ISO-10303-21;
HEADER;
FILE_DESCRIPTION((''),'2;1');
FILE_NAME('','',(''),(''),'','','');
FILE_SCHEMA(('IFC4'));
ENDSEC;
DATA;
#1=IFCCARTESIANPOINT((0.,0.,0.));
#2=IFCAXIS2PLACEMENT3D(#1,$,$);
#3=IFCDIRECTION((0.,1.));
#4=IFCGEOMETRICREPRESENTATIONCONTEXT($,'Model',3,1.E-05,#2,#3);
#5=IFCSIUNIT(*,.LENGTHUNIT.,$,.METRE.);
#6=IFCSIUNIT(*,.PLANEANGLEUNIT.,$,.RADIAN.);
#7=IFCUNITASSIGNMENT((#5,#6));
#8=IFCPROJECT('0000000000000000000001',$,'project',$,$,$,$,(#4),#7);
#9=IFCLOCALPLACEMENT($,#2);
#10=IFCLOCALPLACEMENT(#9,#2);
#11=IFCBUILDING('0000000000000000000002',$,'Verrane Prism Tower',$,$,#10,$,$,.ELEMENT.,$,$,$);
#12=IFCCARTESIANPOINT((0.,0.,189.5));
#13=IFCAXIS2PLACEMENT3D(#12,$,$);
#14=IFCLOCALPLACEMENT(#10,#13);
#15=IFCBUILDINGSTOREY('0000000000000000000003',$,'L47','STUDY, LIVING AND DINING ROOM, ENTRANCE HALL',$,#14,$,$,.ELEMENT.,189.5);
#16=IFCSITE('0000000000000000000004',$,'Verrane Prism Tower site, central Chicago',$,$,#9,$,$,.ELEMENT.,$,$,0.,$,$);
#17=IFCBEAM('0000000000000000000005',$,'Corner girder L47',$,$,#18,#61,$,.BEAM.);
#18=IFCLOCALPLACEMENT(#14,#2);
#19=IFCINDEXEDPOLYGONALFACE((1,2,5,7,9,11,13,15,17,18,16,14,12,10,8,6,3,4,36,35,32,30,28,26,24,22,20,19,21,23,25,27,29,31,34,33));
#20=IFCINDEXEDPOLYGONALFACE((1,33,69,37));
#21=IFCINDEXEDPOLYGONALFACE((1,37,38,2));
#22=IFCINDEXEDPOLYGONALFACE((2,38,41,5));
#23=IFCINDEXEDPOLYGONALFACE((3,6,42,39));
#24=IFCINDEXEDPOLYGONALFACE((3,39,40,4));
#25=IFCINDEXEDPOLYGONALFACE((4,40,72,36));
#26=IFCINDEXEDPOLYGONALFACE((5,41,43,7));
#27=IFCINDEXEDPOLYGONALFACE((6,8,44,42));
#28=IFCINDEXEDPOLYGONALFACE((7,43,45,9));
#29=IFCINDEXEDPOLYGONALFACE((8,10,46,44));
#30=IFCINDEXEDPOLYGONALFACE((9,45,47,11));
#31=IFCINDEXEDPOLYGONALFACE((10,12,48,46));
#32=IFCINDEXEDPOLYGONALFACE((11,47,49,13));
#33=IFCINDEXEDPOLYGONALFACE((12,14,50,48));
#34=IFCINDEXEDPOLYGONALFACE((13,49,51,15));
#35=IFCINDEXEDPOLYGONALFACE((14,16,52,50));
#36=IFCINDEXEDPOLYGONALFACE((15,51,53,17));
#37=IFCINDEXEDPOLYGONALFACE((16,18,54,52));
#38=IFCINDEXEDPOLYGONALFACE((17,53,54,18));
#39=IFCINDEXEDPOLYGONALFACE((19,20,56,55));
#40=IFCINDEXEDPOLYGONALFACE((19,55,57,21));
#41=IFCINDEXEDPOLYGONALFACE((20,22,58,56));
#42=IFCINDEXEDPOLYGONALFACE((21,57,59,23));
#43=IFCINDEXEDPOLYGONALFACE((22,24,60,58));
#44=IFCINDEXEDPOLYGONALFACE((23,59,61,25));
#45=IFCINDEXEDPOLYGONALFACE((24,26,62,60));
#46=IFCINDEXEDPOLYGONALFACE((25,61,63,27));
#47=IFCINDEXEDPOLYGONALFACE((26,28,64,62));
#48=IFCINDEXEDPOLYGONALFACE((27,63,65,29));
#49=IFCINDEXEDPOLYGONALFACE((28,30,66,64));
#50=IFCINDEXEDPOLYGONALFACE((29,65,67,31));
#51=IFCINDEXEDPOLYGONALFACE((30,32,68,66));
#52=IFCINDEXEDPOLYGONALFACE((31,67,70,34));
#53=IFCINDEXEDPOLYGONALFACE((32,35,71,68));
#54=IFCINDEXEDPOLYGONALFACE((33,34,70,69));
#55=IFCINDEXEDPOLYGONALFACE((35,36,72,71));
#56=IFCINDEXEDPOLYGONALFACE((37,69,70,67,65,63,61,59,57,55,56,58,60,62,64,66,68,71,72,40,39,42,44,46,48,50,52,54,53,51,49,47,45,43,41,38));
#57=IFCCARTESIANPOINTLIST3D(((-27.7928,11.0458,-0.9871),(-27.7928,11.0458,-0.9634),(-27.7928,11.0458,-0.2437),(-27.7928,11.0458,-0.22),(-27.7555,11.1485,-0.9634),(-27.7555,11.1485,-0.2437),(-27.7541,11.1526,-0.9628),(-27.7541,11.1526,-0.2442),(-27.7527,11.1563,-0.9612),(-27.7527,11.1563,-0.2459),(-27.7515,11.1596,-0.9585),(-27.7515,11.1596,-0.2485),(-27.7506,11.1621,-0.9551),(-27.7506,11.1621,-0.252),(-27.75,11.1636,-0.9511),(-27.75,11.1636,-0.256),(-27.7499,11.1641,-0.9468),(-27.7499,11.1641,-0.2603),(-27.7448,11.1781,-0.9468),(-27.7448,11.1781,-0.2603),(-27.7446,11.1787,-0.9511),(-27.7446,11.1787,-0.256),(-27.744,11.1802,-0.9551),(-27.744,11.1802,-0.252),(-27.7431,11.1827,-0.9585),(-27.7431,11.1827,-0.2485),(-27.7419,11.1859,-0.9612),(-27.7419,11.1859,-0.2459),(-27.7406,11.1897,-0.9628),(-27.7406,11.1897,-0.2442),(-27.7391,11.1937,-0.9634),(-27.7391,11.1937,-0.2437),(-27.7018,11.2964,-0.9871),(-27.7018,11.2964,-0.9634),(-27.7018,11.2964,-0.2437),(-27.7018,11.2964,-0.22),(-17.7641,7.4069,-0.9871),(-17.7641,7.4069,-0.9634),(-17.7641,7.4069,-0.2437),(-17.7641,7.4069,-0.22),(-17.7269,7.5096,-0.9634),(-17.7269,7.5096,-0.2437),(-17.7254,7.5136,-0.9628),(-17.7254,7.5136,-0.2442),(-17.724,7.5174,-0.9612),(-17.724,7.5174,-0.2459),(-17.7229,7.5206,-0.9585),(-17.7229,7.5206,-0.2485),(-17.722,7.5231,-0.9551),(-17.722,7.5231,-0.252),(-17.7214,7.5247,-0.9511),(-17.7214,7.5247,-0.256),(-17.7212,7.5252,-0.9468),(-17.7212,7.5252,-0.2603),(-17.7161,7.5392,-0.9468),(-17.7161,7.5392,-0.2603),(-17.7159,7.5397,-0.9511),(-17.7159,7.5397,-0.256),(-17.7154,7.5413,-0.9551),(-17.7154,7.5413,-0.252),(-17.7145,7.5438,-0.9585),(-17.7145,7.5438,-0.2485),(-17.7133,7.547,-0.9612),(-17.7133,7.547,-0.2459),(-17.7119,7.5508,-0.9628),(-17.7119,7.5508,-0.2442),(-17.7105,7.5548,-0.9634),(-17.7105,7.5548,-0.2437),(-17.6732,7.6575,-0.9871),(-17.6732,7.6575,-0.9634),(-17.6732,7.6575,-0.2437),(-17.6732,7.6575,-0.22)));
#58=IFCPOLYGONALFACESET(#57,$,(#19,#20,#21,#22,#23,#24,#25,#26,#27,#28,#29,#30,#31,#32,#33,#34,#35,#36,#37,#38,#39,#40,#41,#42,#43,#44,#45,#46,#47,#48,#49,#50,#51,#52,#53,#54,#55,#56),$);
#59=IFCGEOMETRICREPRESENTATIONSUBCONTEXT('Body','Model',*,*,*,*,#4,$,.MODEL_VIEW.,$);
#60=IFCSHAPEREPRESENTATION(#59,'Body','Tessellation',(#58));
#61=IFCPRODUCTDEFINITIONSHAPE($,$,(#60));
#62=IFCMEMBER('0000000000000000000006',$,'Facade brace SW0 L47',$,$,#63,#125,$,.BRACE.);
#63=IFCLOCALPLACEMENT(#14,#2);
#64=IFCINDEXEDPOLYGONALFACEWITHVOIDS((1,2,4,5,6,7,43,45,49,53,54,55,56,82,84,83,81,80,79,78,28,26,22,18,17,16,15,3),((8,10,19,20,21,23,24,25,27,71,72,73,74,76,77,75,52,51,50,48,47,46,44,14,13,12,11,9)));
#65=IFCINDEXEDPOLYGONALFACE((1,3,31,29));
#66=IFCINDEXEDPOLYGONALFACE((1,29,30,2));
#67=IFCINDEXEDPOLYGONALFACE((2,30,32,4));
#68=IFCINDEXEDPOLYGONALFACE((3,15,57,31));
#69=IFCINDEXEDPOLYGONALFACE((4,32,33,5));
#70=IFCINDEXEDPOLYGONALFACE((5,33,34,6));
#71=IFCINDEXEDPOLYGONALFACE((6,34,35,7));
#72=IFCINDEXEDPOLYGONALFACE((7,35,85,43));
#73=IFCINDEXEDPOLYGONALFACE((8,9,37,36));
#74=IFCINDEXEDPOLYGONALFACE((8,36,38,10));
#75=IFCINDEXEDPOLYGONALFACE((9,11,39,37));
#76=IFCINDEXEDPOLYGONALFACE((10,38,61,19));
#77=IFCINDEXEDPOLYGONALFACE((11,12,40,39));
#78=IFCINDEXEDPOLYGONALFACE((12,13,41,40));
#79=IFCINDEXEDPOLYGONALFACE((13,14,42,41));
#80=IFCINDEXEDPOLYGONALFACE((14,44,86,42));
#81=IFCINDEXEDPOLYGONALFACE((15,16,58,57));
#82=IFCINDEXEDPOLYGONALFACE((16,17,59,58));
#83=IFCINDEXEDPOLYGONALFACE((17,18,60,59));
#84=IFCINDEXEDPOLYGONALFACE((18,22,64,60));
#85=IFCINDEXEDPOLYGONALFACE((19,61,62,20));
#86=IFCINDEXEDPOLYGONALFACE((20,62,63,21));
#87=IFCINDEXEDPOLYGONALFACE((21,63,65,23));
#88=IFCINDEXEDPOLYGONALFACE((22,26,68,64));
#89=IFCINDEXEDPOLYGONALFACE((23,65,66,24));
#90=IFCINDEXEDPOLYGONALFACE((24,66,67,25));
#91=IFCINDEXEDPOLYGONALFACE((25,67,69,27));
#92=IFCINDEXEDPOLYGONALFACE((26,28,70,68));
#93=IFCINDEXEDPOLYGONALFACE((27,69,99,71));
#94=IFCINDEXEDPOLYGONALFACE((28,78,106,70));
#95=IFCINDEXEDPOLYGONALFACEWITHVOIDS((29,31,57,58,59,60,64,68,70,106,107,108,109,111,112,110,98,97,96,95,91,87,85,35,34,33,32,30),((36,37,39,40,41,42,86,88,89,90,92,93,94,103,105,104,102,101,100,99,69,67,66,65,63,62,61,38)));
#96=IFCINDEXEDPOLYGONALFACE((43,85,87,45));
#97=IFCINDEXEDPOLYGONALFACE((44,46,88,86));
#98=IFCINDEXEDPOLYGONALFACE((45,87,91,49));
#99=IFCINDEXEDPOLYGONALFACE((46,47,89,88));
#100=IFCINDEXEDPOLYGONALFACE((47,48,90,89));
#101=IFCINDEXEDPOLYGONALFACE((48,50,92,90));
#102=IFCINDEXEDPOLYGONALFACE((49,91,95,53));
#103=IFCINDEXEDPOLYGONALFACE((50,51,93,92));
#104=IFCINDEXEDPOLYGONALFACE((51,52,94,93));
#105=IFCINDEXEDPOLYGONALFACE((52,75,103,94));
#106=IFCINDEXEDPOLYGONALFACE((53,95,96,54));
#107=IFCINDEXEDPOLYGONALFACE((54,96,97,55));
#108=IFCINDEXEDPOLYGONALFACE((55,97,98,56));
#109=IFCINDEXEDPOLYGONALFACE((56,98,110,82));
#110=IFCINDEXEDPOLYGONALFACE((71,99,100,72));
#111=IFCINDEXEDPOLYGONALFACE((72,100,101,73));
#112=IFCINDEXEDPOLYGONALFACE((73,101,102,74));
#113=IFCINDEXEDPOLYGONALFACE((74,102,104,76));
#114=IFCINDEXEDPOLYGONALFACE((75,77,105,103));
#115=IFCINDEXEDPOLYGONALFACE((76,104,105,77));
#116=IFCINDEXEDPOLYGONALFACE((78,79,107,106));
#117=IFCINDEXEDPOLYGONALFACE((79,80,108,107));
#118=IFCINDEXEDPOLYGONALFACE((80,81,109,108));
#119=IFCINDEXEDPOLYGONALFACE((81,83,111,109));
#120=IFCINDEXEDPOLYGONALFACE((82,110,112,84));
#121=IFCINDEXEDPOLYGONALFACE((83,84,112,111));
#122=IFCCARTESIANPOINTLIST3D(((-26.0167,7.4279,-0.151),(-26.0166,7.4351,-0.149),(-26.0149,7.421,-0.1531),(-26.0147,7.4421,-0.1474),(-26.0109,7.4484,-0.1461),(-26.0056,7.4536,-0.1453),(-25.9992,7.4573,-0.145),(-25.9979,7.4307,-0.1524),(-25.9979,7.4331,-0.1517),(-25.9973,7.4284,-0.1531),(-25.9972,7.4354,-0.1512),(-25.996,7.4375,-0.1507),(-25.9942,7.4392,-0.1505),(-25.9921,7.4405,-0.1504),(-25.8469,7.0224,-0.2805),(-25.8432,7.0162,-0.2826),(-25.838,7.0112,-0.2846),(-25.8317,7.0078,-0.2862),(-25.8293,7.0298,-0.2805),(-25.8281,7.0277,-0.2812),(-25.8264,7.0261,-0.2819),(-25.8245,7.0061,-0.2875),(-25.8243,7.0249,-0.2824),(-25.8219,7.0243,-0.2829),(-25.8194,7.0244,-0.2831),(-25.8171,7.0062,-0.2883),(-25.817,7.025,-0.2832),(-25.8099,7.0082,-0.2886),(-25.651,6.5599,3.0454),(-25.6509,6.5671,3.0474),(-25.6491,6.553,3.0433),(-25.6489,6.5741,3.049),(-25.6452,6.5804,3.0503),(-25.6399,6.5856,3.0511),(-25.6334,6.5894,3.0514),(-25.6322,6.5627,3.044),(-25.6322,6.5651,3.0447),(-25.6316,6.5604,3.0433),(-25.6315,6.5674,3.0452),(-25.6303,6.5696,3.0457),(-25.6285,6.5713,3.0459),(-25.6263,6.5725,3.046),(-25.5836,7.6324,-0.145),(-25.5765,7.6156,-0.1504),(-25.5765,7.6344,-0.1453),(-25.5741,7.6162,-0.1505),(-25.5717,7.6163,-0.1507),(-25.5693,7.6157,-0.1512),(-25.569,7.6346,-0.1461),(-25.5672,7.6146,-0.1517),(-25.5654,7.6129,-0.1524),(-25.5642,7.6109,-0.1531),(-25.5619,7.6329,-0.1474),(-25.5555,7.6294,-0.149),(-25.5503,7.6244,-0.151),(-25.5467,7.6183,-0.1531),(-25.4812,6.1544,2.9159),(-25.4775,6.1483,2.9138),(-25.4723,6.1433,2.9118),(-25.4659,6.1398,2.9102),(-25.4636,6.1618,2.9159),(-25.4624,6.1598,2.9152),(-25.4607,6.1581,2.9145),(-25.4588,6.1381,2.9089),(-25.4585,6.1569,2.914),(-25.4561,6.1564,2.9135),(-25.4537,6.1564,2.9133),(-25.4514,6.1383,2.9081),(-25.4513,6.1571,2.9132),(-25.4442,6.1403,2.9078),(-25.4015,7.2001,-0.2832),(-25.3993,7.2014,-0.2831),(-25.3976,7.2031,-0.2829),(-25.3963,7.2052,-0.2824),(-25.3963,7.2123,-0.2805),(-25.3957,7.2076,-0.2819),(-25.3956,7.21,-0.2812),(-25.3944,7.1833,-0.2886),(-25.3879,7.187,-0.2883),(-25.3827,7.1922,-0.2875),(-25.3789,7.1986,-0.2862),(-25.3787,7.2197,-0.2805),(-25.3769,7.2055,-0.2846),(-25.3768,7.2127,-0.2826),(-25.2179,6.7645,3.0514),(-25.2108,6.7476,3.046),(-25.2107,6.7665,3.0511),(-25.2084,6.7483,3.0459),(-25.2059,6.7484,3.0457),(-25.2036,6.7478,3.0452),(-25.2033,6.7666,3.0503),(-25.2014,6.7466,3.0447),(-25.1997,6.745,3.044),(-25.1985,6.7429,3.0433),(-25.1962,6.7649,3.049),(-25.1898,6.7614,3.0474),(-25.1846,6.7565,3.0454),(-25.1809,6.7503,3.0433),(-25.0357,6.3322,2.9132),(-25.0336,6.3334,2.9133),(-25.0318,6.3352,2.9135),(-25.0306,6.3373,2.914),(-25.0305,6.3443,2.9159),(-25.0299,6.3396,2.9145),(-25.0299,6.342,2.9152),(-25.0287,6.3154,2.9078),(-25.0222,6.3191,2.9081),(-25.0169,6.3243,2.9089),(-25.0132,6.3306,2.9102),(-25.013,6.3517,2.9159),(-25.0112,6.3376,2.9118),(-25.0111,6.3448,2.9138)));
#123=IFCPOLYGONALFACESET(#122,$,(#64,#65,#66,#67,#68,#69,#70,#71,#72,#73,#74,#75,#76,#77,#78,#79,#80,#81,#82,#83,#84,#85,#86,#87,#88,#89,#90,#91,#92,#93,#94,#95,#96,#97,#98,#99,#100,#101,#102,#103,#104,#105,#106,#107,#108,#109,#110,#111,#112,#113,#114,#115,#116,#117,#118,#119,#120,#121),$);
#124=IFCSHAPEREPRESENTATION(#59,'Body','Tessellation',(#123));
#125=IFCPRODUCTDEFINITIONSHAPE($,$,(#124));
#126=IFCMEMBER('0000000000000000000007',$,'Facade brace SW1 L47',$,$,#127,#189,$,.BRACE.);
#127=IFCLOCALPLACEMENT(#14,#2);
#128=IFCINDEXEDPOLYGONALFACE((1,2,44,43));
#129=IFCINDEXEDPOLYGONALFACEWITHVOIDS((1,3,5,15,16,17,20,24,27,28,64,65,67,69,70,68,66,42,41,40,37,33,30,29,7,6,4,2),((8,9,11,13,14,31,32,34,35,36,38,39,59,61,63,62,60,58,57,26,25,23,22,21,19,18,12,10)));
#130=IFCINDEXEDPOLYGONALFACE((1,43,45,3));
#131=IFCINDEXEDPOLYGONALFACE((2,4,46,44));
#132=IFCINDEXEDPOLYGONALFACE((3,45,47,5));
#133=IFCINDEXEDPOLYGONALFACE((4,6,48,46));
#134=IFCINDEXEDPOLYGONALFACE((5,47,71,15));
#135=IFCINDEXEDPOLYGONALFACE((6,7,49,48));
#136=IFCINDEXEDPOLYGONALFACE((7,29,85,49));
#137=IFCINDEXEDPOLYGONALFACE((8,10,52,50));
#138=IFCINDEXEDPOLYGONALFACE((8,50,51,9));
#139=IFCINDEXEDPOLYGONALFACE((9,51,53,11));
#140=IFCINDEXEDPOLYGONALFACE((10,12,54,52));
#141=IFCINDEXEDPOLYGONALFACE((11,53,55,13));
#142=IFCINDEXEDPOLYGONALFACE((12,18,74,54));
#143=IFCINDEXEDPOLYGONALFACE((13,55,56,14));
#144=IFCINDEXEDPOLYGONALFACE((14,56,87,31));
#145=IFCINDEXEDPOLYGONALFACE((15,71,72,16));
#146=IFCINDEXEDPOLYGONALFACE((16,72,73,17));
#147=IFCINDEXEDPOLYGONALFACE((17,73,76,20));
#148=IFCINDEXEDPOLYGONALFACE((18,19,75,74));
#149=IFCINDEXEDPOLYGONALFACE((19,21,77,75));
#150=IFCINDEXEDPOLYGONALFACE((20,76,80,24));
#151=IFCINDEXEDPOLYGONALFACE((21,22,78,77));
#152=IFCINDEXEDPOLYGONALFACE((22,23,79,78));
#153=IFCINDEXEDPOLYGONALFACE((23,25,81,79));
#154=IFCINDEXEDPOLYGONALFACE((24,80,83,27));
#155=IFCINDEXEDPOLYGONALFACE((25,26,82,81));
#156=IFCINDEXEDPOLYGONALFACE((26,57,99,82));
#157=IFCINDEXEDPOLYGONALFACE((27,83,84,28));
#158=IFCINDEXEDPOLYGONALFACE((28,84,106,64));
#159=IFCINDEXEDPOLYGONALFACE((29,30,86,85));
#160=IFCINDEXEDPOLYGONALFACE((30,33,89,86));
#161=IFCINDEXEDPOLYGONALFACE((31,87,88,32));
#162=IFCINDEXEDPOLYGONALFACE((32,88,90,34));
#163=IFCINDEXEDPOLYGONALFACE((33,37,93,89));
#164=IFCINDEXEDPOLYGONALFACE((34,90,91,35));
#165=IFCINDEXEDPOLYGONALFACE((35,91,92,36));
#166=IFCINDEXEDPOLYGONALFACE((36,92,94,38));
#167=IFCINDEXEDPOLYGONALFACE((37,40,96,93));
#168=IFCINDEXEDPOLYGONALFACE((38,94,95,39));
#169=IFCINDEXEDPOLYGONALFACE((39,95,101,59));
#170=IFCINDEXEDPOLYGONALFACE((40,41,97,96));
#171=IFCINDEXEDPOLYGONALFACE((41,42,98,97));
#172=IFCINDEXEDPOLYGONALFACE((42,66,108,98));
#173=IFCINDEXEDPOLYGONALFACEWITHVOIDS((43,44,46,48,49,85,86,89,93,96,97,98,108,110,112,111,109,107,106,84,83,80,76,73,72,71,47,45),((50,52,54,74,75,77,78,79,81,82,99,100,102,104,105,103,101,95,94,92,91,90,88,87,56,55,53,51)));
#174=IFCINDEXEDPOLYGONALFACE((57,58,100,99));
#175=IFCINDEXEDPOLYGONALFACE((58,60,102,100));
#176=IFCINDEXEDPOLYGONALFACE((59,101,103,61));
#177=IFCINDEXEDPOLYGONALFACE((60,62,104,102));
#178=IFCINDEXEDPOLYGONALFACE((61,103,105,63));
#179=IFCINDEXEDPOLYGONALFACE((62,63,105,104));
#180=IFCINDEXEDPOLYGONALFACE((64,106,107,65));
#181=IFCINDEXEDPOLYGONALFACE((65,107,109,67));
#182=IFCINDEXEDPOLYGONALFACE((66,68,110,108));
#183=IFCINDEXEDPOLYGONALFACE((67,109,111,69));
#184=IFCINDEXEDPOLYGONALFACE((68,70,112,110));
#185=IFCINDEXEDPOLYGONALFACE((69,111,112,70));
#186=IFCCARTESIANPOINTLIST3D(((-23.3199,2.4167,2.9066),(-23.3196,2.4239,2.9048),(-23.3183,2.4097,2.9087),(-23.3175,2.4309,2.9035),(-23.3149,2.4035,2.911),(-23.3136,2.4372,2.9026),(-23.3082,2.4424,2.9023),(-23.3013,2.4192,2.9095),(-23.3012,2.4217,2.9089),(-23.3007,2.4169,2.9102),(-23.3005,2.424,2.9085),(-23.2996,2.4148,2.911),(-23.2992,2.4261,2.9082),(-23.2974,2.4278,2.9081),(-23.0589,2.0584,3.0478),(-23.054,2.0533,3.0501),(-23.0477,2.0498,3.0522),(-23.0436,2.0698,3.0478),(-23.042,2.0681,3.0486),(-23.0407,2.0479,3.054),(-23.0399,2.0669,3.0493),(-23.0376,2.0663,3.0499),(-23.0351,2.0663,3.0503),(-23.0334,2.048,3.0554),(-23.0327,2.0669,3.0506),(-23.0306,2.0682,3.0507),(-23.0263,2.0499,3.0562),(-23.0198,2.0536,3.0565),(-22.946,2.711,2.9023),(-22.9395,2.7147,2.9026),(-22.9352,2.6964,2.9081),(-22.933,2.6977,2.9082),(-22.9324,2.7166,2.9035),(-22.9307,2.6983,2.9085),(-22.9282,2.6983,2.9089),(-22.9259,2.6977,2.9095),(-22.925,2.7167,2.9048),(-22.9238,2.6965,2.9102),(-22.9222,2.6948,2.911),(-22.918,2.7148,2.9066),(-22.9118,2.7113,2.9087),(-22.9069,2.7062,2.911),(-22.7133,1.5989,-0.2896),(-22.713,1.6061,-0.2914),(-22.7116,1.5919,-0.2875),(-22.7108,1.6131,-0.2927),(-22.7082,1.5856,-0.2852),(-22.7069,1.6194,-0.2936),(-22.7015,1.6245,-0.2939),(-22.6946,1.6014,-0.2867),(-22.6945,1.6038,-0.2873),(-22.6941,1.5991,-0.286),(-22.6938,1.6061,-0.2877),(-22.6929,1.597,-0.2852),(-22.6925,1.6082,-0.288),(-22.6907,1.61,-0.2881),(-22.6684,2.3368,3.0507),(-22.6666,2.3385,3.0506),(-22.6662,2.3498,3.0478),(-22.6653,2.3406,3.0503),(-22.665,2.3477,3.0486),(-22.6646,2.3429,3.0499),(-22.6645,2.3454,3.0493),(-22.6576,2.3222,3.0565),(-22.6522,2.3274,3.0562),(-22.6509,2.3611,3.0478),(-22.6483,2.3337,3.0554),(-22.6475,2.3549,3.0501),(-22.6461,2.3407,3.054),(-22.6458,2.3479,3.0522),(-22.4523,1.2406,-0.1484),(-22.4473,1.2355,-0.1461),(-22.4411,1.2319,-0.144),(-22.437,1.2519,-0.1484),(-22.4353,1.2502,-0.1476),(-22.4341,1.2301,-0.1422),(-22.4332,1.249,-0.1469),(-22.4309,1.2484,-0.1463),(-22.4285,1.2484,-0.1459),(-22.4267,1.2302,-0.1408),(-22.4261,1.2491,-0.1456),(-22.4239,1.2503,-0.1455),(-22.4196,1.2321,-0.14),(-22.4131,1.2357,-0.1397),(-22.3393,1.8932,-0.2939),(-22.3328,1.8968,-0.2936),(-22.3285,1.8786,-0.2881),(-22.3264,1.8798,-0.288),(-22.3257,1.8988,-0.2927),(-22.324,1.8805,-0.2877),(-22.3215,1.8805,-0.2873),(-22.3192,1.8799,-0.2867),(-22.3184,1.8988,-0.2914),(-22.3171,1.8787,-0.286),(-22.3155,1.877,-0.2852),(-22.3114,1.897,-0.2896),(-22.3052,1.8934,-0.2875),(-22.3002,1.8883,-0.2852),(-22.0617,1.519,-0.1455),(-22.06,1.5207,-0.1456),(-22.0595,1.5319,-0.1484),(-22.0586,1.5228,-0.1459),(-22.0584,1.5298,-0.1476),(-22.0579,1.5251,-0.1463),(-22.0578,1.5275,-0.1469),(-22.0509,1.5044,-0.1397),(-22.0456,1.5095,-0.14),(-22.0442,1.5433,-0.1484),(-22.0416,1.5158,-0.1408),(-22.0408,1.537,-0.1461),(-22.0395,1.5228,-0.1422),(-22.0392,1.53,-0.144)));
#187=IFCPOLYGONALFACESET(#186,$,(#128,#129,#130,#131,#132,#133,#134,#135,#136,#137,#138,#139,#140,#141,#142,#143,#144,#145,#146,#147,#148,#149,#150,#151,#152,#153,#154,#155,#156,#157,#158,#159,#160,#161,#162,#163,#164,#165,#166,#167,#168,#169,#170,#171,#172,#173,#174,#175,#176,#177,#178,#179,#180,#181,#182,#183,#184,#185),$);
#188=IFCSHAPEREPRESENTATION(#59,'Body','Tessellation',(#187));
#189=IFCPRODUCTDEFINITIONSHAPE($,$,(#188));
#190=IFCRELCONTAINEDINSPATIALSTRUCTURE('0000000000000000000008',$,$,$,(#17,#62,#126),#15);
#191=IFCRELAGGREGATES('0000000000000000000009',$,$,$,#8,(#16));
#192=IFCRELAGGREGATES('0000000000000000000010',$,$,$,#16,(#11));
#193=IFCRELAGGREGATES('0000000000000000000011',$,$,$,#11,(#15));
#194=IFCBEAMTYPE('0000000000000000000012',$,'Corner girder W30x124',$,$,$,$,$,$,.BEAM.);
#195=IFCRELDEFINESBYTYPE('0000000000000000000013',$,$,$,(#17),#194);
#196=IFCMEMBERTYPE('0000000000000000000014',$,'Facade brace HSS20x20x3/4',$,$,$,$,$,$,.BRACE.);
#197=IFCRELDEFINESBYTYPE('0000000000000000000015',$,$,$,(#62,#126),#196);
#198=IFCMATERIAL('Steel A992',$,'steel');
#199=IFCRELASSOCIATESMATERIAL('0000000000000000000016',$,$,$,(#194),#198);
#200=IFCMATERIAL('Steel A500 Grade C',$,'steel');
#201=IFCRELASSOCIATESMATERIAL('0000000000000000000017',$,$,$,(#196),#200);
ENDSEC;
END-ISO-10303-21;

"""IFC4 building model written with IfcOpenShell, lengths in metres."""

from ifc_helpers import new_model, si_unit, direction, frame, origin, origin_2d, place, context, subcontext, project, spatial, hollow_rectangle, i_section, extrude, material, material_profile, profile_set, type_object, element, save


model = new_model("IFC4")

# Units and contexts
model_context = context("Model", 3, precision=1e-05, world=origin(), true_north=direction((0.0, 1.0)))
body_context = subcontext(model_context, "Body", "Model", "MODEL_VIEW")
ifc_project = project(units=[si_unit("LENGTHUNIT", "METRE"), si_unit("PLANEANGLEUNIT", "RADIAN")], contexts=[model_context])

# Site, building, storey
site_placement = place(None, origin())
site = spatial("IfcSite", under=ifc_project, at=site_placement, Name="Verrane Prism Tower site, central Chicago", CompositionType="ELEMENT", RefElevation=0.0)
building_placement = place(site_placement, origin())
building = spatial("IfcBuilding", under=site, at=building_placement, Name="Verrane Prism Tower", CompositionType="ELEMENT")
storey_placement = place(building_placement, frame((0.0, 0.0, 189.5)))
storey = spatial("IfcBuildingStorey", under=building, at=storey_placement, Name="L47", Description="STUDY, LIVING AND DINING ROOM, ENTRANCE HALL", CompositionType="ELEMENT", Elevation=189.5)

# Beam
ifc_material_1 = material(Name="Steel A992", Category="steel")
ifc_material_profile_1 = material_profile(ifc_material_1, i_section(OverallWidth=0.2666, OverallDepth=0.7671, WebThickness=0.0149, FlangeThickness=0.0237, FilletRadius=0.0166, at=origin_2d()), Name="W30x124")
ifc_profile_set_1 = profile_set([ifc_material_profile_1], Name="Steel A992")
beam_type_1 = type_object("IfcBeamType", Name="Corner girder W30x124", PredefinedType="BEAM", material=ifc_profile_set_1)
beam_1_placement = place(storey_placement, frame((-27.7473, 11.1711, -0.6035), z_axis=(0.940029, -0.341094, 0.0), x_axis=(0.341094, 0.940029, 0.0)))
element("IfcBeam", 1, at=beam_1_placement, inside=storey, type_object=beam_type_1, Name="Corner girder L47", PredefinedType="BEAM", context=body_context, shape_type="SweptSolid", body=[
    extrude(i_section(OverallWidth=0.2666, OverallDepth=0.7671, WebThickness=0.0149, FlangeThickness=0.0237, FilletRadius=0.0166, at=origin_2d()), origin(), (0.0, 0.0, 1.0), 10.6685),
])

# Members
ifc_material_2 = material(Name="Steel A500 Grade C", Category="steel")
ifc_material_profile_2 = material_profile(ifc_material_2, hollow_rectangle(XDim=0.5081, YDim=0.5081, WallThickness=0.019, InnerFilletRadius=0.0095, OuterFilletRadius=0.0286, at=origin_2d()), Name="HSS20x20x3/4")
ifc_profile_set_2 = profile_set([ifc_material_profile_2], Name="Steel A500 Grade C")
member_type_1 = type_object("IfcMemberType", Name="Facade brace HSS20x20x3/4", PredefinedType="BRACE", material=ifc_profile_set_2)
member_1_placement = place(storey_placement, frame((-25.6968, 7.3203, -0.2168), z_axis=(0.109755, -0.260468, 0.959224), x_axis=(0.921528, 0.388312, 0.0)))
element("IfcMember", 2, at=member_1_placement, inside=storey, type_object=member_type_1, Name="Facade brace SW0 L47", PredefinedType="BRACE", context=body_context, shape_type="SweptSolid", body=[
    extrude(hollow_rectangle(XDim=0.5081, YDim=0.5081, WallThickness=0.019, InnerFilletRadius=0.0095, OuterFilletRadius=0.0286, at=origin_2d()), origin(), (0.0, 0.0, 1.0), 3.3323),
])
member_2_placement = place(storey_placement, frame((-22.3762, 1.5645, -0.2168), z_axis=(-0.180854, 0.243807, 0.952812), x_axis=(-0.803154, -0.595772, 0.0)))
element("IfcMember", 3, at=member_2_placement, inside=storey, type_object=member_type_1, Name="Facade brace SW1 L47", PredefinedType="BRACE", context=body_context, shape_type="SweptSolid", body=[
    extrude(hollow_rectangle(XDim=0.5081, YDim=0.5081, WallThickness=0.019, InnerFilletRadius=0.0095, OuterFilletRadius=0.0286, at=origin_2d()), origin(), (0.0, 0.0, 1.0), 3.3545),
])

save(model, "model.ifc")
